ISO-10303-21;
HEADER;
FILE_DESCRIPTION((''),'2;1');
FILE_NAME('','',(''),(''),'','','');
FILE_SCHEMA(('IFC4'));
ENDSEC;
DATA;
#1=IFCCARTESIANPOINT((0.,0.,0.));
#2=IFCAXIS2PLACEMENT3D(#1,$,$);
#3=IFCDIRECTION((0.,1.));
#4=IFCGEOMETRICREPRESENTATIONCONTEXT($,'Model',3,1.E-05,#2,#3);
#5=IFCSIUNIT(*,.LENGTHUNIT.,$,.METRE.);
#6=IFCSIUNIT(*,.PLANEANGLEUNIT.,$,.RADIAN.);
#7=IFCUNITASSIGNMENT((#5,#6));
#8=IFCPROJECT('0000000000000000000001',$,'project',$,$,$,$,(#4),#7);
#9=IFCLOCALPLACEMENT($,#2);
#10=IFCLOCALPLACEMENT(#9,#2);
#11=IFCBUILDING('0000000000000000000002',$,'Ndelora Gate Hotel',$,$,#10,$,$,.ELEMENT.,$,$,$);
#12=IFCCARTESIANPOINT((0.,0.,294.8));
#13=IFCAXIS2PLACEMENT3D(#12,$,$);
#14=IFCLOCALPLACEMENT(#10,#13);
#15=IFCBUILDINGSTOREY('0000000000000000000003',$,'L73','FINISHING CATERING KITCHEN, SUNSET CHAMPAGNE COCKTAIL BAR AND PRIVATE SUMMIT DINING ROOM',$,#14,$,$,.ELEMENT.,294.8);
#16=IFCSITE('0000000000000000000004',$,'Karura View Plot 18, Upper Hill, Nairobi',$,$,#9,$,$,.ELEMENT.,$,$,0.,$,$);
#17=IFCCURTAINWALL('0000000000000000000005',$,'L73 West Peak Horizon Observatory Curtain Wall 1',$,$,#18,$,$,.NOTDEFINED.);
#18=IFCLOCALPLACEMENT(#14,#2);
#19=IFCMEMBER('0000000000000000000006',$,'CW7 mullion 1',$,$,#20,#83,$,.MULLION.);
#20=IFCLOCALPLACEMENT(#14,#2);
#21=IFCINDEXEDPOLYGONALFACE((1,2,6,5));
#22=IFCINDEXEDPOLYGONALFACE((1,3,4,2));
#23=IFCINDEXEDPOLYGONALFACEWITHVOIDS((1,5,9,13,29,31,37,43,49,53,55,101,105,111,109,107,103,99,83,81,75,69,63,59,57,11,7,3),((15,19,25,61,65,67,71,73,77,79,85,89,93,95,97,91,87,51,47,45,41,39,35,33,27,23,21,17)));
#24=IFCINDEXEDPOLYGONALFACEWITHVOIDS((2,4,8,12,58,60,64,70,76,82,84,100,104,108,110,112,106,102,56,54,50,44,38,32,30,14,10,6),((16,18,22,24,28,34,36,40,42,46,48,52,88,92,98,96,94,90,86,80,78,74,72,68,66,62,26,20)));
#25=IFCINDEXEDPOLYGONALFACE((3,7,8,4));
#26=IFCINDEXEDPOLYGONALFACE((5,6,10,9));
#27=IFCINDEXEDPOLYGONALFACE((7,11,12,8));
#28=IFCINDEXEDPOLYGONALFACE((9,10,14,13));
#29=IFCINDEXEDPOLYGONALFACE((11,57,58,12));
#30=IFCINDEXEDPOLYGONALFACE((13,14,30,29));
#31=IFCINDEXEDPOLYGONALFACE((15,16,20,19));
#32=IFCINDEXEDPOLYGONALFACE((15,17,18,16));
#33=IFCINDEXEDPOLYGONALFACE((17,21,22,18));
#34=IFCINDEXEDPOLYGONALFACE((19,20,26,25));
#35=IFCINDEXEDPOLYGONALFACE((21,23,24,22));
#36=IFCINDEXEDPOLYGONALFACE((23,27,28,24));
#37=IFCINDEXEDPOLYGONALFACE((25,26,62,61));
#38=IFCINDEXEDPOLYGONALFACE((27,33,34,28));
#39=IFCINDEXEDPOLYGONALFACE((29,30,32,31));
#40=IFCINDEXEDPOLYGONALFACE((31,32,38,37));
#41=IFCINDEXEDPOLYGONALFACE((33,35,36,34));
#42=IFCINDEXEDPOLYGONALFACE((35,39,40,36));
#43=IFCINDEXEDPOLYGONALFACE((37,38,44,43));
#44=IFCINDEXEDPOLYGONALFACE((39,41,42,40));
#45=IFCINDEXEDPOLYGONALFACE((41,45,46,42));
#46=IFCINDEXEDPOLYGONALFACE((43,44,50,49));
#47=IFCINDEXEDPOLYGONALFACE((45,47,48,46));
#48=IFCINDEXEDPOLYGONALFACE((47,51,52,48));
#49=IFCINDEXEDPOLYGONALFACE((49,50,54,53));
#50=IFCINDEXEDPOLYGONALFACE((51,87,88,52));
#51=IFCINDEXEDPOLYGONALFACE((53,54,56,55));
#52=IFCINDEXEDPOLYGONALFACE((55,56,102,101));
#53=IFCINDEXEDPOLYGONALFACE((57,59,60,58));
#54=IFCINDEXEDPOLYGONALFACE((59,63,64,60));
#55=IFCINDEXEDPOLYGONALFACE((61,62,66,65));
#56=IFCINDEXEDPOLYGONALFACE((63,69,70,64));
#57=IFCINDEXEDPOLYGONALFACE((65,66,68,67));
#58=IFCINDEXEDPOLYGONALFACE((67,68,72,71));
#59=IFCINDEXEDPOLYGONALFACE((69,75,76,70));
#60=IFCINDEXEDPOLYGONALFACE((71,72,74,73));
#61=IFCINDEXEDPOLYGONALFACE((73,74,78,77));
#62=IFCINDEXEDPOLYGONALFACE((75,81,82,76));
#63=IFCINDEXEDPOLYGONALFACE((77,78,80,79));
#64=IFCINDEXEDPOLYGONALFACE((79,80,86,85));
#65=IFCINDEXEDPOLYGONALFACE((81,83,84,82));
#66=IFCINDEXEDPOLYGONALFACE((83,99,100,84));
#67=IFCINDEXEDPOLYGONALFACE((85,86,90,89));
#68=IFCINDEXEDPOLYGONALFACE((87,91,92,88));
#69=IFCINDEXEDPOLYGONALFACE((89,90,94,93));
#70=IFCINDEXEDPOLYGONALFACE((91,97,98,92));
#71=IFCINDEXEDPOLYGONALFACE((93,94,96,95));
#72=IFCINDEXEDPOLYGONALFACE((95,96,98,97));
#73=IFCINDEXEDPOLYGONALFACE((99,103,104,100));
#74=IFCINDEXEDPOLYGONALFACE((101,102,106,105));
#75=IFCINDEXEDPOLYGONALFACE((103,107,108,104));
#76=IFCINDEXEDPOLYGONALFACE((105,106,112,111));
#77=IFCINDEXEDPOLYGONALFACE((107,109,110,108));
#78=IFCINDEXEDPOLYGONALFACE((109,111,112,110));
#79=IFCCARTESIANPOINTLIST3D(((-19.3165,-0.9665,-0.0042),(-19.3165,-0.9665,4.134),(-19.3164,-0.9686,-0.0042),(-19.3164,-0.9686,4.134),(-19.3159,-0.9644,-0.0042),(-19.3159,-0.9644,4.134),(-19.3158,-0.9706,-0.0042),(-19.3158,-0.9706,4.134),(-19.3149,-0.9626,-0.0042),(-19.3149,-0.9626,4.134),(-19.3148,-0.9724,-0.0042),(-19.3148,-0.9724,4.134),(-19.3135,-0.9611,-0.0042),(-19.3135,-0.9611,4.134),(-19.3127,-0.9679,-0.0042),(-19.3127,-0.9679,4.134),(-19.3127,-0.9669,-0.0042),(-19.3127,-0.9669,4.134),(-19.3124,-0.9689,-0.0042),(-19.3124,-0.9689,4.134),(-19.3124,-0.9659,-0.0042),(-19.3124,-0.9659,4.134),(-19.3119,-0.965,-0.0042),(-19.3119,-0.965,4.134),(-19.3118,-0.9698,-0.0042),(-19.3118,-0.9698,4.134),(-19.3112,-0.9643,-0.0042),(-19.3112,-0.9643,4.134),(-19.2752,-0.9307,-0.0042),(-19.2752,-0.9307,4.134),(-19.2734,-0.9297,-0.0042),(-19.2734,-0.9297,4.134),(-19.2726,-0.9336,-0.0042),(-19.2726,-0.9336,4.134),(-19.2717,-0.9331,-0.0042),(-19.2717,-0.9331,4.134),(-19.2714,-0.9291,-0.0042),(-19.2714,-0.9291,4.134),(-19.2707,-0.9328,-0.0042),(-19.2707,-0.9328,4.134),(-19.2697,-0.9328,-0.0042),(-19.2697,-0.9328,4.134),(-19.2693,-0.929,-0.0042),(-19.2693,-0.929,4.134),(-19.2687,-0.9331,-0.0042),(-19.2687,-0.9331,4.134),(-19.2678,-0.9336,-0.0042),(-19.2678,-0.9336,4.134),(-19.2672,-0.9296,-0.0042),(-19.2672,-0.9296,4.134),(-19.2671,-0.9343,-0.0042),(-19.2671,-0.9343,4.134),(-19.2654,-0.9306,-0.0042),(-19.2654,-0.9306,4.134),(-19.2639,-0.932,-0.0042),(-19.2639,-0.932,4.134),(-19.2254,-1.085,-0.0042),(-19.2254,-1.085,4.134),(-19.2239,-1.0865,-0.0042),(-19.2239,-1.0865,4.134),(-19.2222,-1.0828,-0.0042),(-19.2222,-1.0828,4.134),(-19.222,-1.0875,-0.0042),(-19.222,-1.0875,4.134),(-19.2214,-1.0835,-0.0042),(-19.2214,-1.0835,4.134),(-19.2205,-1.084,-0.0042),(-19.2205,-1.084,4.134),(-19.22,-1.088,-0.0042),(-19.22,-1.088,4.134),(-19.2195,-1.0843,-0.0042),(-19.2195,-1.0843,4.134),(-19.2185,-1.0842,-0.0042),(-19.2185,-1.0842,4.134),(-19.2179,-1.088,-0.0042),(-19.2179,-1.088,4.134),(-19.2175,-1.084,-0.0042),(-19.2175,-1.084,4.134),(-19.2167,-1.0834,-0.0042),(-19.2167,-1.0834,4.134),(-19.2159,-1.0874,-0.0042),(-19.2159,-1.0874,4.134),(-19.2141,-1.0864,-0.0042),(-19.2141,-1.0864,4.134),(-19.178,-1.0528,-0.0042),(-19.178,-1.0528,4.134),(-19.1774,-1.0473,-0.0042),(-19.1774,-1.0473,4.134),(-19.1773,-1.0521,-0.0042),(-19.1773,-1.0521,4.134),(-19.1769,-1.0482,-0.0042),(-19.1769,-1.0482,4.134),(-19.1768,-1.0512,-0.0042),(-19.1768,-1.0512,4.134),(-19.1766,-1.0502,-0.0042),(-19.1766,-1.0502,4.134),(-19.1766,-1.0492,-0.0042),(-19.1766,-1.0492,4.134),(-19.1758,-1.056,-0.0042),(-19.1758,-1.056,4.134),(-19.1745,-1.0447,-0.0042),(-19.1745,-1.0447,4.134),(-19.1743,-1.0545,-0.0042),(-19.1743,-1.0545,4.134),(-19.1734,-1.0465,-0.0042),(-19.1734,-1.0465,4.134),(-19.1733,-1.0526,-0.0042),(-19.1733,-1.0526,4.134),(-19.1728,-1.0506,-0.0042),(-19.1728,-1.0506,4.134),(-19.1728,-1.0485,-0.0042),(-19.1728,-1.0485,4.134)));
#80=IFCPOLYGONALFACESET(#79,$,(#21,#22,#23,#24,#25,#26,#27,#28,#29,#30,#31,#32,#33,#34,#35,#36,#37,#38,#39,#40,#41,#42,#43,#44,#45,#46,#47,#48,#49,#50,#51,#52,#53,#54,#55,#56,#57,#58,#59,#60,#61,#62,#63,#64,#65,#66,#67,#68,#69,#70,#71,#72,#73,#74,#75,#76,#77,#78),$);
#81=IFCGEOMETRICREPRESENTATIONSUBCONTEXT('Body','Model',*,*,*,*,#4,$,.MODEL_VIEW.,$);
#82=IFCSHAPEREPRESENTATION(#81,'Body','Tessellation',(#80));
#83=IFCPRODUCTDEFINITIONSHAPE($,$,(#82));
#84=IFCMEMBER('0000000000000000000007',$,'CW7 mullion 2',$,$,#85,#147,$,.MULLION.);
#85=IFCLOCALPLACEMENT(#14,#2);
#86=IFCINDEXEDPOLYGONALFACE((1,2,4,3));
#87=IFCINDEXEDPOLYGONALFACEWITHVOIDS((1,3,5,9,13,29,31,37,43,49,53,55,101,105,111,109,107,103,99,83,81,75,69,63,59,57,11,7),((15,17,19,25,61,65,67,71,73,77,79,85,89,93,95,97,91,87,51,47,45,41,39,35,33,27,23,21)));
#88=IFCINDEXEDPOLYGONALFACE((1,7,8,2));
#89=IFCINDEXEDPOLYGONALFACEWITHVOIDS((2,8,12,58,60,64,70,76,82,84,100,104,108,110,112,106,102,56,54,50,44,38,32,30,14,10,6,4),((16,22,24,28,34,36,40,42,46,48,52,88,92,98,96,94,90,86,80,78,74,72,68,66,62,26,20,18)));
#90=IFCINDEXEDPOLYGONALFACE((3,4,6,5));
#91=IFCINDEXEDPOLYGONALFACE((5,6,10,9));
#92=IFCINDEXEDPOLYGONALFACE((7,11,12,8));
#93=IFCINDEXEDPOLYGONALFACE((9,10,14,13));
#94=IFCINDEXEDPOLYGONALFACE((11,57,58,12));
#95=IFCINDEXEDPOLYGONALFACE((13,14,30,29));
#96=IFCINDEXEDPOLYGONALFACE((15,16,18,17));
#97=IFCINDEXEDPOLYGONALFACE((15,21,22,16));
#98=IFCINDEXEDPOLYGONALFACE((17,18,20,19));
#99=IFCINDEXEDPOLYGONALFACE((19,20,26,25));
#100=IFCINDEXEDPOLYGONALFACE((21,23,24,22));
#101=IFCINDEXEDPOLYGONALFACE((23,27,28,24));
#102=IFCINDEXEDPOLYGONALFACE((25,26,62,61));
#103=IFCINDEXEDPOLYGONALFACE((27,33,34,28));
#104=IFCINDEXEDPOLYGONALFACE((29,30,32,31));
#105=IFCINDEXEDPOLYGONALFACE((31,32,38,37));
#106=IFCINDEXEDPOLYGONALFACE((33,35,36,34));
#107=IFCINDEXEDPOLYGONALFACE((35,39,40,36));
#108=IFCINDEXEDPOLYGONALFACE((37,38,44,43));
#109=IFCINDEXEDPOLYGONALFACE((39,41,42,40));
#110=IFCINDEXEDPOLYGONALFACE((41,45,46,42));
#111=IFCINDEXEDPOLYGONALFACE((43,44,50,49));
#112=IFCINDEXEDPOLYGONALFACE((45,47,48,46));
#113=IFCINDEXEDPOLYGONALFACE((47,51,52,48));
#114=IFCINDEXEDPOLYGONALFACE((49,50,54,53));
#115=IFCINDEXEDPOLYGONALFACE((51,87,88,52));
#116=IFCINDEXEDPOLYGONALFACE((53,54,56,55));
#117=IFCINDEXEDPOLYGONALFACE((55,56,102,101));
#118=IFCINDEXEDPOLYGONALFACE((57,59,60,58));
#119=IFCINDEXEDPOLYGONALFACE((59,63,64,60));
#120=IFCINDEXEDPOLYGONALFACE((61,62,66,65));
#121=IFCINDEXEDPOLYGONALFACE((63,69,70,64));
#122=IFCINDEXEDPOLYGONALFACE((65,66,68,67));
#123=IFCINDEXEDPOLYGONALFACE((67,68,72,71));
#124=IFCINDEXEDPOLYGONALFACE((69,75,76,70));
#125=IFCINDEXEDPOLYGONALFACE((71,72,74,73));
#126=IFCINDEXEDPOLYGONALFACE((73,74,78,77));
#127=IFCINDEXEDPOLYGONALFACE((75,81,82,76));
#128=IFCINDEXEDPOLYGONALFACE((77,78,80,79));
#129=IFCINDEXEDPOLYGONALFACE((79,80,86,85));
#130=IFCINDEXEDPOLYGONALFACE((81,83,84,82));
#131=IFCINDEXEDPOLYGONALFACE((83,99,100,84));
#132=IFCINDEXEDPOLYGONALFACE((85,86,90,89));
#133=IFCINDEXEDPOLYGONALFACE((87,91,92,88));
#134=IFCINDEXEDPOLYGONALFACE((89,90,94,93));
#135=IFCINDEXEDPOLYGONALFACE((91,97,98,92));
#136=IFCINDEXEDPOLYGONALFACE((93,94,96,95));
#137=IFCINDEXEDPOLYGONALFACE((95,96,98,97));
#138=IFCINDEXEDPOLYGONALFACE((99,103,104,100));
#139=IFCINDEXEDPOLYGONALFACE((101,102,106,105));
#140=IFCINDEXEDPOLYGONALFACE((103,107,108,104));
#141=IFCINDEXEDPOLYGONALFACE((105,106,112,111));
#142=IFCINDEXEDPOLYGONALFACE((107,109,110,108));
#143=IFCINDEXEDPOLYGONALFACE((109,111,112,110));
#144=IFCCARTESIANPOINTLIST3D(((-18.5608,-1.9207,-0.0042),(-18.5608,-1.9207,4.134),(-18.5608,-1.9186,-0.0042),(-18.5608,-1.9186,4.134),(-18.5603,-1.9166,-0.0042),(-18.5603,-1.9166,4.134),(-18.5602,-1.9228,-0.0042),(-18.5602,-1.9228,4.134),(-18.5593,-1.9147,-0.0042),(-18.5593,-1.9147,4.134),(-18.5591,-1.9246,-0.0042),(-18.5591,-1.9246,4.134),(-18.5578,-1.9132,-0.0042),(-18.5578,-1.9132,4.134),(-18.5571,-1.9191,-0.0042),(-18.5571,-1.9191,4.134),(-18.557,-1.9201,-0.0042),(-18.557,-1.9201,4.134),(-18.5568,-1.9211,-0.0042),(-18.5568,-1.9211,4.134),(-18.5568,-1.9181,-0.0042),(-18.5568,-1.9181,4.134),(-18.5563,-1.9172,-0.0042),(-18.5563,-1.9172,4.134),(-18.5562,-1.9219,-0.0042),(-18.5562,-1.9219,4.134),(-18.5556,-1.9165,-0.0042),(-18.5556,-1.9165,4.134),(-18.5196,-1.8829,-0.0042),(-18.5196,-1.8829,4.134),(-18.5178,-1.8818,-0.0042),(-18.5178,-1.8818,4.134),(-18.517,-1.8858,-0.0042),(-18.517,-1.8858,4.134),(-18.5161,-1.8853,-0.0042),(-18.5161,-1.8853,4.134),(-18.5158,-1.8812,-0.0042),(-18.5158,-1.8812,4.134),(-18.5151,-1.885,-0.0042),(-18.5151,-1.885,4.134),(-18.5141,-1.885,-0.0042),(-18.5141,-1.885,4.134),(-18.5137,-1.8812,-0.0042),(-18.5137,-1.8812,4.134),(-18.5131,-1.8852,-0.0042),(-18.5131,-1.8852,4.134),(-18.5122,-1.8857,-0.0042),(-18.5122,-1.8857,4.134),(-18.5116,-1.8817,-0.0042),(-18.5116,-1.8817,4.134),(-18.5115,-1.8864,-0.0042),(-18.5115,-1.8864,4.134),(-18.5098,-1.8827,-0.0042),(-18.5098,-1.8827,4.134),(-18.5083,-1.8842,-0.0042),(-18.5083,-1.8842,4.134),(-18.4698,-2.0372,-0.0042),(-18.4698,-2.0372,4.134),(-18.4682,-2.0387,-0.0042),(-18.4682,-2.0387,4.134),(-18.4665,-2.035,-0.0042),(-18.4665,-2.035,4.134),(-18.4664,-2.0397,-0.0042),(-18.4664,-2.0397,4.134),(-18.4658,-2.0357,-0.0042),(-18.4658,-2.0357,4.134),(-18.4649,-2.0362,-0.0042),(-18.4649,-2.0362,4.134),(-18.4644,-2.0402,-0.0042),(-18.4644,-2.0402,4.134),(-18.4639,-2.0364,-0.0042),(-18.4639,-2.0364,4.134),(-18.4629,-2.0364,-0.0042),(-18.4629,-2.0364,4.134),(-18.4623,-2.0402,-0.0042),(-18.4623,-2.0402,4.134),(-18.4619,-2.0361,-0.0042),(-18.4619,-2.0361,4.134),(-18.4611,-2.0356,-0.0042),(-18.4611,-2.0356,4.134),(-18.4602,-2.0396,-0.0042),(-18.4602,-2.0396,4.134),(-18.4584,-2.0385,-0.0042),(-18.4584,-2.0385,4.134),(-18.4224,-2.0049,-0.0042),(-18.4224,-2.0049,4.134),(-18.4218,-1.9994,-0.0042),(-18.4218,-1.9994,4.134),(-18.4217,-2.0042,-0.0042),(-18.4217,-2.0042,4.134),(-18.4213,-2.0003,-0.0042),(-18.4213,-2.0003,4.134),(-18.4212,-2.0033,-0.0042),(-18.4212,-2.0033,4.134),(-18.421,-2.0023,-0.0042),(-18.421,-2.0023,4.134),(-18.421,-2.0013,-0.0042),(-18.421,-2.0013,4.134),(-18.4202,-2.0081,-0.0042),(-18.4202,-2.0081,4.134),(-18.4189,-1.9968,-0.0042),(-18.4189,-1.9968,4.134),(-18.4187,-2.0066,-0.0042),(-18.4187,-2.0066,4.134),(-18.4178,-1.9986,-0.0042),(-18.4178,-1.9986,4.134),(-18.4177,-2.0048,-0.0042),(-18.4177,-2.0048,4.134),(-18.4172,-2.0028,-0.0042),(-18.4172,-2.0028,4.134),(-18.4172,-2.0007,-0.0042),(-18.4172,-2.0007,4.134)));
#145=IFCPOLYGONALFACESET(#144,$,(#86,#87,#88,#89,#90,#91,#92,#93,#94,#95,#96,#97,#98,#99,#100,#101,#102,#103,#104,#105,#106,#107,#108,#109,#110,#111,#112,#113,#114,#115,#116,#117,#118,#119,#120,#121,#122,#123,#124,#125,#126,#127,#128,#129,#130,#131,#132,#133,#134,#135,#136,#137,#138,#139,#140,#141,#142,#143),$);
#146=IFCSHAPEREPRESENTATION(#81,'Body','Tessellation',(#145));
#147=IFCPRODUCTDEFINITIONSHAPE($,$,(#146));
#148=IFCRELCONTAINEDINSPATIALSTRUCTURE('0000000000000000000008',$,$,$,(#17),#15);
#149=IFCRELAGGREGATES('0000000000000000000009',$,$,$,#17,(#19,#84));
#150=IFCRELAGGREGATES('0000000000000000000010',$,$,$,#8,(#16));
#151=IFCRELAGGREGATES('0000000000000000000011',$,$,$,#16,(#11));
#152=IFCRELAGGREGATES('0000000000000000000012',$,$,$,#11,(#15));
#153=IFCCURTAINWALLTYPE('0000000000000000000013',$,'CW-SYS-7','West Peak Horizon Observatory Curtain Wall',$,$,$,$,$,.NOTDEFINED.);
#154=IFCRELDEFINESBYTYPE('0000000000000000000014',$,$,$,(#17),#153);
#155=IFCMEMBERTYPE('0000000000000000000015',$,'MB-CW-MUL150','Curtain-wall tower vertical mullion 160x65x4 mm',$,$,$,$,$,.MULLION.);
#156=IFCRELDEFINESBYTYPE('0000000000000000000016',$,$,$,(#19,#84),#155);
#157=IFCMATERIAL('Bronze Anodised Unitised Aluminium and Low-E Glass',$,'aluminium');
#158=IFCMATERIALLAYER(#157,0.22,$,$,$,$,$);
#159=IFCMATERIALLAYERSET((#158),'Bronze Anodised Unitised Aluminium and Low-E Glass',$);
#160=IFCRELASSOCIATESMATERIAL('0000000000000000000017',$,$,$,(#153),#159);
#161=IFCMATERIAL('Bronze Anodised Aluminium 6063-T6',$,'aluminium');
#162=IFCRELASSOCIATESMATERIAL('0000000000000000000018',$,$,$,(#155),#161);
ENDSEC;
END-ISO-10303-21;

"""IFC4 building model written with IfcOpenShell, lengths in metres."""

from ifc_helpers import new_model, si_unit, direction, frame, origin, origin_2d, place, context, subcontext, project, spatial, hollow_rectangle, extrude, material, layer, layer_set, material_profile, profile_set, type_object, element, aggregate, save


model = new_model("IFC4")

# Units and contexts
model_context = context("Model", 3, precision=1e-05, world=origin(), true_north=direction((0.0, 1.0)))
body_context = subcontext(model_context, "Body", "Model", "MODEL_VIEW")
ifc_project = project(units=[si_unit("LENGTHUNIT", "METRE"), si_unit("PLANEANGLEUNIT", "RADIAN")], contexts=[model_context])

# Site, building, storey
site_placement = place(None, origin())
site = spatial("IfcSite", under=ifc_project, at=site_placement, Name="Karura View Plot 18, Upper Hill, Nairobi", CompositionType="ELEMENT", RefElevation=0.0)
building_placement = place(site_placement, origin())
building = spatial("IfcBuilding", under=site, at=building_placement, Name="Ndelora Gate Hotel", CompositionType="ELEMENT")
storey_placement = place(building_placement, frame((0.0, 0.0, 294.8)))
storey = spatial("IfcBuildingStorey", under=building, at=storey_placement, Name="L73", Description="FINISHING CATERING KITCHEN, SUNSET CHAMPAGNE COCKTAIL BAR AND PRIVATE SUMMIT DINING ROOM", CompositionType="ELEMENT", Elevation=294.8)

# Curtain wall, members
ifc_material_1 = material(Name="Bronze Anodised Unitised Aluminium and Low-E Glass", Category="aluminium")
ifc_layer_1 = layer(ifc_material_1, 0.22)
ifc_layer_set_1 = layer_set([ifc_layer_1], Name="Bronze Anodised Unitised Aluminium and Low-E Glass")
curtain_wall_type = type_object("IfcCurtainWallType", Name="CW-SYS-7", Description="West Peak Horizon Observatory Curtain Wall", PredefinedType="NOTDEFINED", material=ifc_layer_set_1)
curtain_wall_1_placement = place(storey_placement, origin())
curtain_wall_1 = element("IfcCurtainWall", 1, at=curtain_wall_1_placement, inside=storey, type_object=curtain_wall_type, Name="L73 West Peak Horizon Observatory Curtain Wall 1", PredefinedType="NOTDEFINED")
ifc_material_2 = material(Name="Bronze Anodised Aluminium 6063-T6", Category="aluminium")
ifc_material_profile_1 = material_profile(ifc_material_2, hollow_rectangle(XDim=0.0649, YDim=0.1599, WallThickness=0.0039, InnerFilletRadius=0.0039, OuterFilletRadius=0.0081, at=origin_2d()), Name="ALU 160x65x4")
ifc_profile_set_1 = profile_set([ifc_material_profile_1], Name="Bronze Anodised Aluminium 6063-T6")
member_type_1 = type_object("IfcMemberType", Name="MB-CW-MUL150", Description="Curtain-wall tower vertical mullion 160x65x4 mm", PredefinedType="MULLION", material=ifc_profile_set_1)
member_1_placement = place(storey_placement, frame((-19.2446, -1.0085, -0.0042), z_axis=(0.0, 0.0, 1.0), x_axis=(0.783317, 0.621622, 0.0)))
member_1 = element("IfcMember", 2, at=member_1_placement, type_object=member_type_1, Name="CW7 mullion 1", PredefinedType="MULLION", context=body_context, shape_type="SweptSolid", body=[
    extrude(hollow_rectangle(XDim=0.0649, YDim=0.1599, WallThickness=0.0039, InnerFilletRadius=0.0039, OuterFilletRadius=0.0081, at=origin_2d()), origin(), (0.0, 0.0, 1.0), 4.1382),
])
member_2_placement = place(storey_placement, frame((-18.489, -1.9607, -0.0042), z_axis=(0.0, 0.0, 1.0), x_axis=(0.783317, 0.621622, 0.0)))
member_2 = element("IfcMember", 3, at=member_2_placement, type_object=member_type_1, Name="CW7 mullion 2", PredefinedType="MULLION", context=body_context, shape_type="SweptSolid", body=[
    extrude(hollow_rectangle(XDim=0.0649, YDim=0.1599, WallThickness=0.0039, InnerFilletRadius=0.0039, OuterFilletRadius=0.0081, at=origin_2d()), origin(), (0.0, 0.0, 1.0), 4.1382),
])

aggregate(curtain_wall_1, [member_1, member_2])

save(model, "model.ifc")
